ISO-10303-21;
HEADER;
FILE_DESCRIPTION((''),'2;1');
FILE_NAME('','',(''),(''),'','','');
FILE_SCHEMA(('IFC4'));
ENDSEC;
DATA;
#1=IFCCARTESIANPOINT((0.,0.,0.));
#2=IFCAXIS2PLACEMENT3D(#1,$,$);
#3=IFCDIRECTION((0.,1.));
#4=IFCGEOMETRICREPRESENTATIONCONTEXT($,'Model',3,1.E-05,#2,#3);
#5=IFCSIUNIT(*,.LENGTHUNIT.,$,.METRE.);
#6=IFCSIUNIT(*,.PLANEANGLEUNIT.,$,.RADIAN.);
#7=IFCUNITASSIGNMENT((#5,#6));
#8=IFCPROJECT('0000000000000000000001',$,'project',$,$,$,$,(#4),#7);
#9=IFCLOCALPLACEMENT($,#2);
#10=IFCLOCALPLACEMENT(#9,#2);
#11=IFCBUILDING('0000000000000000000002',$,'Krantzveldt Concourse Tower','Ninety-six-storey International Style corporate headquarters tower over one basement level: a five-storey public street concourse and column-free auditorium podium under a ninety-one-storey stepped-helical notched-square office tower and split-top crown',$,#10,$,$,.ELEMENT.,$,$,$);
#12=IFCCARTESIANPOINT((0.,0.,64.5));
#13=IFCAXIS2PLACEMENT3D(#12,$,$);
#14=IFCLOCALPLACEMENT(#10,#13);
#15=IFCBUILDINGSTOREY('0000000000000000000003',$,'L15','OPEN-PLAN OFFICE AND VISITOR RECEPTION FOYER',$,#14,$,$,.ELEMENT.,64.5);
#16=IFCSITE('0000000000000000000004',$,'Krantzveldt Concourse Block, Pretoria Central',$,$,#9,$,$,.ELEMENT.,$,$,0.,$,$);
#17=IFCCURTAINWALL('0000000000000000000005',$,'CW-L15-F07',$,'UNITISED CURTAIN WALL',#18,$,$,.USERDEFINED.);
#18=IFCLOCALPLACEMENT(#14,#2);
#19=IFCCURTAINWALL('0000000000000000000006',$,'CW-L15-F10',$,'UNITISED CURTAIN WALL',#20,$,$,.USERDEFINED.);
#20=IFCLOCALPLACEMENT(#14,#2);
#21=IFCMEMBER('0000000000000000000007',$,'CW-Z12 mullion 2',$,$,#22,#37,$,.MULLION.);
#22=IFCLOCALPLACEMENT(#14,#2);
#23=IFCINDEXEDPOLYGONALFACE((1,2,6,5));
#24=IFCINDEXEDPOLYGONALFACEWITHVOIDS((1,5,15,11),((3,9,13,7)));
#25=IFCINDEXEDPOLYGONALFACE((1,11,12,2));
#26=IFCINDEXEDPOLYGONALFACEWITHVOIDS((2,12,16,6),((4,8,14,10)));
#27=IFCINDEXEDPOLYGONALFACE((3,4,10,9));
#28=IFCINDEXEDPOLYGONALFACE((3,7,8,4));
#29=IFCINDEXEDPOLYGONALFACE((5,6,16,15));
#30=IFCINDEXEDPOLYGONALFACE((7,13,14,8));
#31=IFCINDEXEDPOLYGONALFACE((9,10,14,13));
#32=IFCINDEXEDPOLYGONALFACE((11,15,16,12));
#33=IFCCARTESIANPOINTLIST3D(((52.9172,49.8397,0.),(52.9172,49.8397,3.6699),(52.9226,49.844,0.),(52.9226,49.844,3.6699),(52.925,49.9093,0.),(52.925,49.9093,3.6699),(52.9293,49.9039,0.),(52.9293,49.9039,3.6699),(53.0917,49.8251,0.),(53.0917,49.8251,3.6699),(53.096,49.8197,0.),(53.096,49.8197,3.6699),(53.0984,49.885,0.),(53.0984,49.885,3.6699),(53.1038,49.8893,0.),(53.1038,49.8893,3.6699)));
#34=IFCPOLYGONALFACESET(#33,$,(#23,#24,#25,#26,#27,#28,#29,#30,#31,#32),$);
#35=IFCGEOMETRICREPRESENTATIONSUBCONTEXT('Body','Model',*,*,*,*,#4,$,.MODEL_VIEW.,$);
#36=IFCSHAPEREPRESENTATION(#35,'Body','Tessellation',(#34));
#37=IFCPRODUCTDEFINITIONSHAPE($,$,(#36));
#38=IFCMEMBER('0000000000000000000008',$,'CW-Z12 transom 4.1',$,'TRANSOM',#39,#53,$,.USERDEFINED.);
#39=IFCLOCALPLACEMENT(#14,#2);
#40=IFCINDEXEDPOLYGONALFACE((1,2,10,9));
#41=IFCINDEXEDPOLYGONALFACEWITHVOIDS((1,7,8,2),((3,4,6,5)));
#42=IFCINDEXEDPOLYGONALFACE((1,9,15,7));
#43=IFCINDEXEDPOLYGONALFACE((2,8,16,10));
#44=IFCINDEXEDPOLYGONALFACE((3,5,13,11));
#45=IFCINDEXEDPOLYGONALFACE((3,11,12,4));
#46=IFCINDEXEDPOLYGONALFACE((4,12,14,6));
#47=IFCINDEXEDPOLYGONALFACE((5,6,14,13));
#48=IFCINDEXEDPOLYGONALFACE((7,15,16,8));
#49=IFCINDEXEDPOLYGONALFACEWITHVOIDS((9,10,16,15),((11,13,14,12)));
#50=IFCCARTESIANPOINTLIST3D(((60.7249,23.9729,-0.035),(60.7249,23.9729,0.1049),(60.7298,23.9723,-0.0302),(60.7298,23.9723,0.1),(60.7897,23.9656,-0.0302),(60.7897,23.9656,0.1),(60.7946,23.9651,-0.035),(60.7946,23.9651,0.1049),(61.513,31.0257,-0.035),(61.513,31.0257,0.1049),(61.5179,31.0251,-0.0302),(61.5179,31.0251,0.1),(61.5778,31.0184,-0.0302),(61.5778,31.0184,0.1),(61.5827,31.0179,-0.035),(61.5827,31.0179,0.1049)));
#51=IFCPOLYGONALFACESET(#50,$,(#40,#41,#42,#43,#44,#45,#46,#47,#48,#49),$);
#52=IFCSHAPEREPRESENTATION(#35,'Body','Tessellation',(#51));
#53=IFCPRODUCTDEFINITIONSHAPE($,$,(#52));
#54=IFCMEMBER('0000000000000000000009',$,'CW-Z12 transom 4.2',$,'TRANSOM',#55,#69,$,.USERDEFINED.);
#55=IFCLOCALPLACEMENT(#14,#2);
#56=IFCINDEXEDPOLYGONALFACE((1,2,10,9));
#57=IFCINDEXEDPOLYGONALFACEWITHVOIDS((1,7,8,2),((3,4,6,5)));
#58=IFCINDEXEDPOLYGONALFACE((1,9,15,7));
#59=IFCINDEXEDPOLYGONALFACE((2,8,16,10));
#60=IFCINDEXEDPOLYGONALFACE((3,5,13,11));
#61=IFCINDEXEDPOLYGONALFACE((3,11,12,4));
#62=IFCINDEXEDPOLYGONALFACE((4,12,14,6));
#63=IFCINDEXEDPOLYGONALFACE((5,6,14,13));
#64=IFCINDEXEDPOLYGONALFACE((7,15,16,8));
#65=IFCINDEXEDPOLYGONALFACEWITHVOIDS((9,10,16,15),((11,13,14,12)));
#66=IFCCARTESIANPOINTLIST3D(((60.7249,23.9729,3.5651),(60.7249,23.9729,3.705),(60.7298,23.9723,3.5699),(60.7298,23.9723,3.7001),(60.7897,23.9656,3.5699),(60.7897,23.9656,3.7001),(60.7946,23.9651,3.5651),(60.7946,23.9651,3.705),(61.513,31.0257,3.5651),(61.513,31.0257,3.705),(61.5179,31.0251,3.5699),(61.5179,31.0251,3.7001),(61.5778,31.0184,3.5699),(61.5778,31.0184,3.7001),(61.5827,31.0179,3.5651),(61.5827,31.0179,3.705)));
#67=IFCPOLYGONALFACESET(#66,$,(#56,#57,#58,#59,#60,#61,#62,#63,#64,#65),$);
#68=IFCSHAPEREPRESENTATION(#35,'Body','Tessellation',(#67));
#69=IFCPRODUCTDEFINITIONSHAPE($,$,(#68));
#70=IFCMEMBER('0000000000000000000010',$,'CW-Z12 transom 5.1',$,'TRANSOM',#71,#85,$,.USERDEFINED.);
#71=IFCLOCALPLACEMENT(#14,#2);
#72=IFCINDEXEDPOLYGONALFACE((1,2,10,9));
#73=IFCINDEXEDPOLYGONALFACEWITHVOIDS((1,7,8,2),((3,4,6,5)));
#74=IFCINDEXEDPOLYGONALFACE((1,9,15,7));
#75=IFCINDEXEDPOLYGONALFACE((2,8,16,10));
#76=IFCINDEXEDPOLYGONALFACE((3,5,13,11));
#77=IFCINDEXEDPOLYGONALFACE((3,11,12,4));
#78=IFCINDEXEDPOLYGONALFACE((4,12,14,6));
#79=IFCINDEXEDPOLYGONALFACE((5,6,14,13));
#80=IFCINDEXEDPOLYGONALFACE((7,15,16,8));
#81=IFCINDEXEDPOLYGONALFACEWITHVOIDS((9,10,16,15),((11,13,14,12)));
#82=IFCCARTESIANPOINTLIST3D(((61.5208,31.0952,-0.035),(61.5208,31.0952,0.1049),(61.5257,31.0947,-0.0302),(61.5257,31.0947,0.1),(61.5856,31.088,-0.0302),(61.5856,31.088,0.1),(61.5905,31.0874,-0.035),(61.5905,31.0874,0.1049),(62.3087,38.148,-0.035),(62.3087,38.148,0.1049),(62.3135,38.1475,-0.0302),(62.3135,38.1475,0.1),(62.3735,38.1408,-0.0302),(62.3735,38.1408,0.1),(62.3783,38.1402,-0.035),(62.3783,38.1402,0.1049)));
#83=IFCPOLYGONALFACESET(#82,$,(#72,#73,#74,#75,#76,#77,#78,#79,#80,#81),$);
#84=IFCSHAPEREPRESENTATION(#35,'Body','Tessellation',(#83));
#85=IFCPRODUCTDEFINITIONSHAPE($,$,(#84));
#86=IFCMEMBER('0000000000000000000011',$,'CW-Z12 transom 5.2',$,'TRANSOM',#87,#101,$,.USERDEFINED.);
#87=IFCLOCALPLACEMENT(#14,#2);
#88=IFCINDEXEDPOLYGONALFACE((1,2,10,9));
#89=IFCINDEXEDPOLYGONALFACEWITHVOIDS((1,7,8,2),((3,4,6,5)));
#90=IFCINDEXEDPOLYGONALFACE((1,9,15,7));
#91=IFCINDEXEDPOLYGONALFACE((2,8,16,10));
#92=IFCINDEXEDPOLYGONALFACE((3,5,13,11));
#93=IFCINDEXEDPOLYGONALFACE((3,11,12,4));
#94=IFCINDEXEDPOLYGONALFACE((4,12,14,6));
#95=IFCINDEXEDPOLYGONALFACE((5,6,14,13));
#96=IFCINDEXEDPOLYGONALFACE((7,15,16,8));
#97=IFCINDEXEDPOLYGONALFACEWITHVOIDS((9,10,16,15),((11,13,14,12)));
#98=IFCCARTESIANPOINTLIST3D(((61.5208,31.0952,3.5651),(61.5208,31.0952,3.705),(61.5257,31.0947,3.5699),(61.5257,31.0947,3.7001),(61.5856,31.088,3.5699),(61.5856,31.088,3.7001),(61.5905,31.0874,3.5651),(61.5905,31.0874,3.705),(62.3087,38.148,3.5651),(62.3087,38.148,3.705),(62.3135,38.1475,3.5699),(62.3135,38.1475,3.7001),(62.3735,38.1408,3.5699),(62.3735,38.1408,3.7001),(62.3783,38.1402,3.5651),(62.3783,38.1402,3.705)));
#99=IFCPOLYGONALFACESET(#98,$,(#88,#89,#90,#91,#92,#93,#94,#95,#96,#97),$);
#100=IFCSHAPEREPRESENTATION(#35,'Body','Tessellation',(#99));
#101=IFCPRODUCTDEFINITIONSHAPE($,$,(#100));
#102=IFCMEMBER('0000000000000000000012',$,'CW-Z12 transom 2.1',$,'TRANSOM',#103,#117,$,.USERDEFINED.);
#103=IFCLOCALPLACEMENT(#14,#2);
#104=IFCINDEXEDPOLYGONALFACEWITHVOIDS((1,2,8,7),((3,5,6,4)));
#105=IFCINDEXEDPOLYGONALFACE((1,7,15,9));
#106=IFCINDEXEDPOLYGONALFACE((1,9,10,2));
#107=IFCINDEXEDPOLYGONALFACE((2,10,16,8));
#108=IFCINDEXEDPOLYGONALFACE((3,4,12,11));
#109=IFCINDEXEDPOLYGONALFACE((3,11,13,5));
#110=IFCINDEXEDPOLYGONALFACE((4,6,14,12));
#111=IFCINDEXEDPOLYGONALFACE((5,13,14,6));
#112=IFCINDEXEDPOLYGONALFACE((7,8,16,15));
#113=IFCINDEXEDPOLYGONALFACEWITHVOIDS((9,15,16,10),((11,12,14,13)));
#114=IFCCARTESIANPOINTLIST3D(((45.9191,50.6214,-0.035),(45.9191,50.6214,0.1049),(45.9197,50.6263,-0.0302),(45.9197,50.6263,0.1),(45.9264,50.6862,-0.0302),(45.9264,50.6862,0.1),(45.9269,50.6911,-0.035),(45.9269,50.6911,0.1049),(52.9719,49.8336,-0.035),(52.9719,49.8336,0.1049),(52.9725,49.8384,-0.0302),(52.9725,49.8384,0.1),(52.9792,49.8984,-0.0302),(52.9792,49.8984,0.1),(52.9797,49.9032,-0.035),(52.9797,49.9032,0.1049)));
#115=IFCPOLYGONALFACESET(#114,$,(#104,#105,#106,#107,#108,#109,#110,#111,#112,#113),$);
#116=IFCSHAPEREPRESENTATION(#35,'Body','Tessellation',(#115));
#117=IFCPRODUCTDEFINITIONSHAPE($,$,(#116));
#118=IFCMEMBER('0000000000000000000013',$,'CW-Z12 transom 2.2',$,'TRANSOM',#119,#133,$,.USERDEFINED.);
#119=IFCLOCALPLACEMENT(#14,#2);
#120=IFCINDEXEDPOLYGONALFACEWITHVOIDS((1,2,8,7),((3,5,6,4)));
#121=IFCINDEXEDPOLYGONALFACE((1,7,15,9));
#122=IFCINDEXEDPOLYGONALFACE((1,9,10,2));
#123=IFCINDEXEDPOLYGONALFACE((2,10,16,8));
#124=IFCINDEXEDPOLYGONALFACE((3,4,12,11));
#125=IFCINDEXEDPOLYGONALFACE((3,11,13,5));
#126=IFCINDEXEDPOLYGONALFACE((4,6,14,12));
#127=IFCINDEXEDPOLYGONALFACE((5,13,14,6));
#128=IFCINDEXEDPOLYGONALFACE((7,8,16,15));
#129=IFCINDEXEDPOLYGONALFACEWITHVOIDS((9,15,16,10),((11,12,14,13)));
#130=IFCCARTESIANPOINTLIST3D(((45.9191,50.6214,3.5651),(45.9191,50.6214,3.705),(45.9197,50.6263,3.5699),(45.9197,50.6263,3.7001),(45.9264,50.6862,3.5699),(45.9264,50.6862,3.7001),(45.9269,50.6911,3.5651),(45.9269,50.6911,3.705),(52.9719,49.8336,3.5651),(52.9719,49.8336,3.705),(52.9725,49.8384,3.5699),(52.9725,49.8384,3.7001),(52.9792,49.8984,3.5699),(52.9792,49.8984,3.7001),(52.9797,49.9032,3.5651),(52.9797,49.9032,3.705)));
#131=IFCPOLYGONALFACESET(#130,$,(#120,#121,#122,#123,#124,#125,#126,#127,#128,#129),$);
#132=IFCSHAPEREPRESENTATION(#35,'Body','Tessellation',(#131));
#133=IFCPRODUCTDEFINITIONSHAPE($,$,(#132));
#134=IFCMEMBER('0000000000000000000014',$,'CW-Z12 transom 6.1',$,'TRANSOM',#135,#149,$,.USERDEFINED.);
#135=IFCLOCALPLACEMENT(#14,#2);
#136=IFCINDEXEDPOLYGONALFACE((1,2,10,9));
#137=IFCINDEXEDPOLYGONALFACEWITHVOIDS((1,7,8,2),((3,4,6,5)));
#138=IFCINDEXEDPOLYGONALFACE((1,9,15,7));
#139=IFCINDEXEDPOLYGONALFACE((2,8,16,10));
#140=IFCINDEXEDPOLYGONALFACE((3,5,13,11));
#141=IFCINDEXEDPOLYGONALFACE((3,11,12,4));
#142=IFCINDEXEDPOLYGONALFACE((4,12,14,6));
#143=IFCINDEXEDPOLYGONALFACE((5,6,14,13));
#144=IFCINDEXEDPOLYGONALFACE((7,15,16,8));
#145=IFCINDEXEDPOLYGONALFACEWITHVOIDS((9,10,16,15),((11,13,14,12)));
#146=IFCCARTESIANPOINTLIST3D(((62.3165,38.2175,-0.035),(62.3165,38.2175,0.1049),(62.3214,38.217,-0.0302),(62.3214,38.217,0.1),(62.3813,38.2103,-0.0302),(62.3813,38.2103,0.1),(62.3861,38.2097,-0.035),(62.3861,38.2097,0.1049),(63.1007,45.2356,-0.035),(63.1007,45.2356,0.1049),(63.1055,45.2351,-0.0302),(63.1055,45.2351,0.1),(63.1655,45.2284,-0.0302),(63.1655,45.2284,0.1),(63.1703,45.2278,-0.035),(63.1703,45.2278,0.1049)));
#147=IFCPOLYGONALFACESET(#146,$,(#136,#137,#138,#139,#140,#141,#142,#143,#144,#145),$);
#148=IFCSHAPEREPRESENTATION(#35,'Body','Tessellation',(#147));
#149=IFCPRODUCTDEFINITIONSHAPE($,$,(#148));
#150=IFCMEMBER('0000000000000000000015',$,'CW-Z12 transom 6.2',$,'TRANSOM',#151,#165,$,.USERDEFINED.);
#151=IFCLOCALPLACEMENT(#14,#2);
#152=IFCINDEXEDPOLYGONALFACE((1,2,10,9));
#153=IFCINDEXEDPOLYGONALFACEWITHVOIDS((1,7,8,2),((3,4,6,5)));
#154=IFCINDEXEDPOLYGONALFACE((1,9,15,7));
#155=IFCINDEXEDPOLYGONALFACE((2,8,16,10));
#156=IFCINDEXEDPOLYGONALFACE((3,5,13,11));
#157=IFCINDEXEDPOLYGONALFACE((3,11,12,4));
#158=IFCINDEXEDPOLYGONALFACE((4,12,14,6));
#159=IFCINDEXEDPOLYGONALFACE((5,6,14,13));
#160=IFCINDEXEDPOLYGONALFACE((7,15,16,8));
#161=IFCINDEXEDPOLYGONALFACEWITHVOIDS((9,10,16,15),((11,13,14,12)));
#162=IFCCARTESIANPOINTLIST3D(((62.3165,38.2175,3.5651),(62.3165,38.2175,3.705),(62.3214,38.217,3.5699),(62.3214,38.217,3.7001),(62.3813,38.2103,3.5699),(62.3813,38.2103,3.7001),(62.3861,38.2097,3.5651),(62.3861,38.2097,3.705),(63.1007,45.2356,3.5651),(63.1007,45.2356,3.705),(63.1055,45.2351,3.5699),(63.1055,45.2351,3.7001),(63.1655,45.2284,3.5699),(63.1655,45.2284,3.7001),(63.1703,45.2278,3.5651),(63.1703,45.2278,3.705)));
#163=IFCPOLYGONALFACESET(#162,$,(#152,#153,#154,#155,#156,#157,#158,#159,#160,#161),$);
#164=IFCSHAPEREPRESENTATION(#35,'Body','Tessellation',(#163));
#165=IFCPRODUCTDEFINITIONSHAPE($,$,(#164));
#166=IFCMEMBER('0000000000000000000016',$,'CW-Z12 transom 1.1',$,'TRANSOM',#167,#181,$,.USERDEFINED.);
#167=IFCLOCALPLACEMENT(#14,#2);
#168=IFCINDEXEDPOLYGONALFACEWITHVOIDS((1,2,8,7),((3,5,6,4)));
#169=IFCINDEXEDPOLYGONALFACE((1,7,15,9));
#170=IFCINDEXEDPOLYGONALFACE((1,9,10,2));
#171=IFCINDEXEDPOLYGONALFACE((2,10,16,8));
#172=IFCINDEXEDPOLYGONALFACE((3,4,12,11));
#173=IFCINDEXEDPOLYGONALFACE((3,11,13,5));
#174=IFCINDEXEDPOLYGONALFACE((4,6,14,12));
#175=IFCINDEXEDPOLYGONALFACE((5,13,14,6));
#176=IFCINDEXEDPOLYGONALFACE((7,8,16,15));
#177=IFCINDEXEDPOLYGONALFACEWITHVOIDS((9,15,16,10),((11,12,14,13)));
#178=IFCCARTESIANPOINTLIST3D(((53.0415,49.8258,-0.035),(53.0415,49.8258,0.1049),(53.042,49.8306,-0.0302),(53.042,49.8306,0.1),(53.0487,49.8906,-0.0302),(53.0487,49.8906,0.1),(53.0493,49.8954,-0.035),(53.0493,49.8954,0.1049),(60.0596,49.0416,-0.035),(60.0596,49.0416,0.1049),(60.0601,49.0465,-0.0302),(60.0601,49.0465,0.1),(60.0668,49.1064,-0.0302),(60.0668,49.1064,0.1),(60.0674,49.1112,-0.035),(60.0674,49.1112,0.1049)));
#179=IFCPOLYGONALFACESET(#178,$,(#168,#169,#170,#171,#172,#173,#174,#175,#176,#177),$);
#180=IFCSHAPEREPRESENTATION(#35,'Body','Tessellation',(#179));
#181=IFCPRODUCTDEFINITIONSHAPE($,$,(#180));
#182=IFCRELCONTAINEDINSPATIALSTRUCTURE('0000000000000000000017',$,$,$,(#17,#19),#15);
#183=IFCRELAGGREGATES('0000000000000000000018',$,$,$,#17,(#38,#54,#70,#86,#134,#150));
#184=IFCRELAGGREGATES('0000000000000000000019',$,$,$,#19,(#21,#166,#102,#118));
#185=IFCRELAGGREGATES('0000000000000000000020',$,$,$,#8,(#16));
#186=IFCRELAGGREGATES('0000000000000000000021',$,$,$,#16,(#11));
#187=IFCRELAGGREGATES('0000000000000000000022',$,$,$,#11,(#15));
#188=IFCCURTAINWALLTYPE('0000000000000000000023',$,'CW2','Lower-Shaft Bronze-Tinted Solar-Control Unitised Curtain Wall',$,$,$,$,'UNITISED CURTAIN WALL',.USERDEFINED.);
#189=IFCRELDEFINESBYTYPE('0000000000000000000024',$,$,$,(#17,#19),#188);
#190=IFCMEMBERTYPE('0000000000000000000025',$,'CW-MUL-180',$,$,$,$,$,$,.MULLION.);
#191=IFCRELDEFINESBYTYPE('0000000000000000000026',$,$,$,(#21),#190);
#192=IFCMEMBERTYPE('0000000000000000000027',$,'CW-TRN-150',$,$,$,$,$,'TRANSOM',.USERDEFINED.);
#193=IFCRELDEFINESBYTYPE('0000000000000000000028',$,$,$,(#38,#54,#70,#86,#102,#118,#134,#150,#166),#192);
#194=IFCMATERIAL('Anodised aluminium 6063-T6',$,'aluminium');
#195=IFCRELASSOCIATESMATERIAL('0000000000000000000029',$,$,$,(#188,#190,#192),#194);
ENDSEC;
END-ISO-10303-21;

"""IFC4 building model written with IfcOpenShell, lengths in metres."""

from ifc_helpers import new_model, si_unit, direction, frame, origin, origin_2d, place, context, subcontext, project, spatial, hollow_rectangle, extrude, source, transform, mapped, material, material_profile, profile_set, type_object, type_shapes, element, aggregate, save


model = new_model("IFC4")

# Units and contexts
model_context = context("Model", 3, precision=1e-05, world=origin(), true_north=direction((0.0, 1.0)))
body_context = subcontext(model_context, "Body", "Model", "MODEL_VIEW")
ifc_project = project(units=[si_unit("LENGTHUNIT", "METRE"), si_unit("PLANEANGLEUNIT", "RADIAN")], contexts=[model_context])

# Site, building, storey
site_placement = place(None, origin())
site = spatial("IfcSite", under=ifc_project, at=site_placement, Name="Krantzveldt Concourse Block, Pretoria Central", CompositionType="ELEMENT", RefElevation=0.0)
building_placement = place(site_placement, origin())
building = spatial("IfcBuilding", under=site, at=building_placement, Name="Krantzveldt Concourse Tower", Description="Ninety-six-storey International Style corporate headquarters tower over one basement level: a five-storey public street concourse and column-free auditorium podium under a ninety-one-storey stepped-helical notched-square office tower and split-top crown", CompositionType="ELEMENT")
storey_placement = place(building_placement, frame((0.0, 0.0, 64.5)))
storey = spatial("IfcBuildingStorey", under=building, at=storey_placement, Name="L15", Description="OPEN-PLAN OFFICE AND VISITOR RECEPTION FOYER", CompositionType="ELEMENT", Elevation=64.5)

# Curtain walls, member
ifc_material_1 = material(Name="Anodised aluminium 6063-T6", Category="aluminium")
curtain_wall_type = type_object("IfcCurtainWallType", Name="CW2", Description="Lower-Shaft Bronze-Tinted Solar-Control Unitised Curtain Wall", ElementType="UNITISED CURTAIN WALL", PredefinedType="USERDEFINED", material=ifc_material_1)
curtain_wall_1_placement = place(storey_placement, origin())
curtain_wall_1 = element("IfcCurtainWall", 1, at=curtain_wall_1_placement, inside=storey, type_object=curtain_wall_type, Name="CW-L15-F07", ObjectType="UNITISED CURTAIN WALL", PredefinedType="USERDEFINED")
ifc_material_profile_1 = material_profile(ifc_material_1, hollow_rectangle(XDim=0.0701, YDim=0.1799, WallThickness=0.0049, at=origin_2d()), Name="Anodised aluminium 6063-T6", Category="aluminium")
ifc_profile_set_1 = profile_set([ifc_material_profile_1], Name="Anodised aluminium 6063-T6 - ALU-MULL 180x70x5")
member_type_1 = type_object("IfcMemberType", Name="CW-MUL-180", PredefinedType="MULLION", material=ifc_profile_set_1)
shared_shape_1 = source(origin(), body_context, "Body", "SweptSolid", [
    extrude(hollow_rectangle(XDim=0.0701, YDim=0.1799, WallThickness=0.0049, at=origin_2d()), origin(), (0.0, 0.0, 1.0), 3.6699),
])
type_shapes(member_type_1, [shared_shape_1])
curtain_wall_2_placement = place(storey_placement, origin())
curtain_wall_2 = element("IfcCurtainWall", 2, at=curtain_wall_2_placement, inside=storey, type_object=curtain_wall_type, Name="CW-L15-F10", ObjectType="UNITISED CURTAIN WALL", PredefinedType="USERDEFINED")
member_1_placement = place(storey_placement, frame((53.0105, 49.8645, 0.0), z_axis=(0.0, 0.0, 1.0), x_axis=(-0.111035, -0.993816, 0.0)))
member_1 = element("IfcMember", 3, at=member_1_placement, type_object=member_type_1, Name="CW-Z12 mullion 2", PredefinedType="MULLION", context=body_context, shape_type="MappedRepresentation", body=[
    mapped(shared_shape_1, transform((0.0, 0.0, 0.0), x_axis=(1.0, 0.0, 0.0), y_axis=(0.0, 1.0, 0.0), z_axis=(0.0, 0.0, 1.0), scale=1.0)),
])

# Members
ifc_material_profile_2 = material_profile(ifc_material_1, hollow_rectangle(XDim=0.0701, YDim=0.1399, WallThickness=0.0049, at=origin_2d()), Name="Anodised aluminium 6063-T6", Category="aluminium")
ifc_profile_set_2 = profile_set([ifc_material_profile_2], Name="Anodised aluminium 6063-T6 - ALU-TRAN 140x70x5")
member_type_2 = type_object("IfcMemberType", Name="CW-TRN-150", ElementType="TRANSOM", PredefinedType="USERDEFINED", material=ifc_profile_set_2)
shared_shape_2 = source(origin(), body_context, "Body", "SweptSolid", [
    extrude(hollow_rectangle(XDim=0.0701, YDim=0.1399, WallThickness=0.0049, at=origin_2d()), origin(), (0.0, 0.0, 1.0), 7.0967),
])
member_2_placement = place(storey_placement, frame((60.7598, 23.969, 0.0349), z_axis=(0.111051, 0.993815, 0.0), x_axis=(-0.993815, 0.111051, 0.0)))
member_2 = element("IfcMember", 4, at=member_2_placement, type_object=member_type_2, Name="CW-Z12 transom 4.1", ObjectType="TRANSOM", PredefinedType="USERDEFINED", context=body_context, shape_type="MappedRepresentation", body=[
    mapped(shared_shape_2, transform((0.0, 0.0, 0.0), x_axis=(1.0, 0.0, 0.0), y_axis=(0.0, 1.0, 0.0), z_axis=(0.0, 0.0, 1.0), scale=1.0)),
])
member_3_placement = place(storey_placement, frame((60.7598, 23.969, 3.635), z_axis=(0.111051, 0.993815, 0.0), x_axis=(-0.993815, 0.111051, 0.0)))
member_3 = element("IfcMember", 5, at=member_3_placement, type_object=member_type_2, Name="CW-Z12 transom 4.2", ObjectType="TRANSOM", PredefinedType="USERDEFINED", context=body_context, shape_type="MappedRepresentation", body=[
    mapped(shared_shape_2, transform((0.0, 0.0, 0.0), x_axis=(1.0, 0.0, 0.0), y_axis=(0.0, 1.0, 0.0), z_axis=(0.0, 0.0, 1.0), scale=1.0)),
])
member_4_placement = place(storey_placement, frame((61.5557, 31.0913, 0.0349), z_axis=(0.111017, 0.993819, 0.0), x_axis=(-0.993819, 0.111017, 0.0)))
member_4 = element("IfcMember", 6, at=member_4_placement, type_object=member_type_2, Name="CW-Z12 transom 5.1", ObjectType="TRANSOM", PredefinedType="USERDEFINED", context=body_context, shape_type="MappedRepresentation", body=[
    mapped(shared_shape_2, transform((0.0, 0.0, 0.0), x_axis=(1.0, 0.0, 0.0), y_axis=(0.0, 1.0, 0.0), z_axis=(0.0, 0.0, 1.0), scale=1.0)),
])
member_5_placement = place(storey_placement, frame((61.5557, 31.0913, 3.635), z_axis=(0.111017, 0.993819, 0.0), x_axis=(-0.993819, 0.111017, 0.0)))
member_5 = element("IfcMember", 7, at=member_5_placement, type_object=member_type_2, Name="CW-Z12 transom 5.2", ObjectType="TRANSOM", PredefinedType="USERDEFINED", context=body_context, shape_type="MappedRepresentation", body=[
    mapped(shared_shape_2, transform((0.0, 0.0, 0.0), x_axis=(1.0, 0.0, 0.0), y_axis=(0.0, 1.0, 0.0), z_axis=(0.0, 0.0, 1.0), scale=1.0)),
])
member_6_placement = place(storey_placement, frame((52.9758, 49.8684, 0.0349), z_axis=(-0.993819, 0.111017, 0.0), x_axis=(-0.111017, -0.993819, 0.0)))
member_6 = element("IfcMember", 8, at=member_6_placement, type_object=member_type_2, Name="CW-Z12 transom 2.1", ObjectType="TRANSOM", PredefinedType="USERDEFINED", context=body_context, shape_type="MappedRepresentation", body=[
    mapped(shared_shape_2, transform((0.0, 0.0, 0.0), x_axis=(1.0, 0.0, 0.0), y_axis=(0.0, 1.0, 0.0), z_axis=(0.0, 0.0, 1.0), scale=1.0)),
])
member_7_placement = place(storey_placement, frame((52.9758, 49.8684, 3.635), z_axis=(-0.993819, 0.111017, 0.0), x_axis=(-0.111017, -0.993819, 0.0)))
member_7 = element("IfcMember", 9, at=member_7_placement, type_object=member_type_2, Name="CW-Z12 transom 2.2", ObjectType="TRANSOM", PredefinedType="USERDEFINED", context=body_context, shape_type="MappedRepresentation", body=[
    mapped(shared_shape_2, transform((0.0, 0.0, 0.0), x_axis=(1.0, 0.0, 0.0), y_axis=(0.0, 1.0, 0.0), z_axis=(0.0, 0.0, 1.0), scale=1.0)),
])
shared_shape_3 = source(origin(), body_context, "Body", "SweptSolid", [
    extrude(hollow_rectangle(XDim=0.0701, YDim=0.1399, WallThickness=0.0049, at=origin_2d()), origin(), (0.0, 0.0, 1.0), 7.0618),
])
type_shapes(member_type_2, [shared_shape_2, shared_shape_3])
member_8_placement = place(storey_placement, frame((62.3513, 38.2136, 0.0349), z_axis=(0.111046, 0.993815, 0.0), x_axis=(-0.993815, 0.111046, 0.0)))
member_8 = element("IfcMember", 10, at=member_8_placement, type_object=member_type_2, Name="CW-Z12 transom 6.1", ObjectType="TRANSOM", PredefinedType="USERDEFINED", context=body_context, shape_type="MappedRepresentation", body=[
    mapped(shared_shape_3, transform((0.0, 0.0, 0.0), x_axis=(1.0, 0.0, 0.0), y_axis=(0.0, 1.0, 0.0), z_axis=(0.0, 0.0, 1.0), scale=1.0)),
])
member_9_placement = place(storey_placement, frame((62.3513, 38.2136, 3.635), z_axis=(0.111046, 0.993815, 0.0), x_axis=(-0.993815, 0.111046, 0.0)))
member_9 = element("IfcMember", 11, at=member_9_placement, type_object=member_type_2, Name="CW-Z12 transom 6.2", ObjectType="TRANSOM", PredefinedType="USERDEFINED", context=body_context, shape_type="MappedRepresentation", body=[
    mapped(shared_shape_3, transform((0.0, 0.0, 0.0), x_axis=(1.0, 0.0, 0.0), y_axis=(0.0, 1.0, 0.0), z_axis=(0.0, 0.0, 1.0), scale=1.0)),
])
member_10_placement = place(storey_placement, frame((60.0635, 49.0764, 0.0349), z_axis=(-0.993815, 0.111046, 0.0), x_axis=(-0.111046, -0.993815, 0.0)))
member_10 = element("IfcMember", 12, at=member_10_placement, type_object=member_type_2, Name="CW-Z12 transom 1.1", ObjectType="TRANSOM", PredefinedType="USERDEFINED", context=body_context, shape_type="MappedRepresentation", body=[
    mapped(shared_shape_3, transform((0.0, 0.0, 0.0), x_axis=(1.0, 0.0, 0.0), y_axis=(0.0, 1.0, 0.0), z_axis=(0.0, 0.0, 1.0), scale=1.0)),
])

aggregate(curtain_wall_1, [member_2, member_3, member_4, member_5, member_8, member_9])
aggregate(curtain_wall_2, [member_1, member_10, member_6, member_7])

save(model, "model.ifc")
